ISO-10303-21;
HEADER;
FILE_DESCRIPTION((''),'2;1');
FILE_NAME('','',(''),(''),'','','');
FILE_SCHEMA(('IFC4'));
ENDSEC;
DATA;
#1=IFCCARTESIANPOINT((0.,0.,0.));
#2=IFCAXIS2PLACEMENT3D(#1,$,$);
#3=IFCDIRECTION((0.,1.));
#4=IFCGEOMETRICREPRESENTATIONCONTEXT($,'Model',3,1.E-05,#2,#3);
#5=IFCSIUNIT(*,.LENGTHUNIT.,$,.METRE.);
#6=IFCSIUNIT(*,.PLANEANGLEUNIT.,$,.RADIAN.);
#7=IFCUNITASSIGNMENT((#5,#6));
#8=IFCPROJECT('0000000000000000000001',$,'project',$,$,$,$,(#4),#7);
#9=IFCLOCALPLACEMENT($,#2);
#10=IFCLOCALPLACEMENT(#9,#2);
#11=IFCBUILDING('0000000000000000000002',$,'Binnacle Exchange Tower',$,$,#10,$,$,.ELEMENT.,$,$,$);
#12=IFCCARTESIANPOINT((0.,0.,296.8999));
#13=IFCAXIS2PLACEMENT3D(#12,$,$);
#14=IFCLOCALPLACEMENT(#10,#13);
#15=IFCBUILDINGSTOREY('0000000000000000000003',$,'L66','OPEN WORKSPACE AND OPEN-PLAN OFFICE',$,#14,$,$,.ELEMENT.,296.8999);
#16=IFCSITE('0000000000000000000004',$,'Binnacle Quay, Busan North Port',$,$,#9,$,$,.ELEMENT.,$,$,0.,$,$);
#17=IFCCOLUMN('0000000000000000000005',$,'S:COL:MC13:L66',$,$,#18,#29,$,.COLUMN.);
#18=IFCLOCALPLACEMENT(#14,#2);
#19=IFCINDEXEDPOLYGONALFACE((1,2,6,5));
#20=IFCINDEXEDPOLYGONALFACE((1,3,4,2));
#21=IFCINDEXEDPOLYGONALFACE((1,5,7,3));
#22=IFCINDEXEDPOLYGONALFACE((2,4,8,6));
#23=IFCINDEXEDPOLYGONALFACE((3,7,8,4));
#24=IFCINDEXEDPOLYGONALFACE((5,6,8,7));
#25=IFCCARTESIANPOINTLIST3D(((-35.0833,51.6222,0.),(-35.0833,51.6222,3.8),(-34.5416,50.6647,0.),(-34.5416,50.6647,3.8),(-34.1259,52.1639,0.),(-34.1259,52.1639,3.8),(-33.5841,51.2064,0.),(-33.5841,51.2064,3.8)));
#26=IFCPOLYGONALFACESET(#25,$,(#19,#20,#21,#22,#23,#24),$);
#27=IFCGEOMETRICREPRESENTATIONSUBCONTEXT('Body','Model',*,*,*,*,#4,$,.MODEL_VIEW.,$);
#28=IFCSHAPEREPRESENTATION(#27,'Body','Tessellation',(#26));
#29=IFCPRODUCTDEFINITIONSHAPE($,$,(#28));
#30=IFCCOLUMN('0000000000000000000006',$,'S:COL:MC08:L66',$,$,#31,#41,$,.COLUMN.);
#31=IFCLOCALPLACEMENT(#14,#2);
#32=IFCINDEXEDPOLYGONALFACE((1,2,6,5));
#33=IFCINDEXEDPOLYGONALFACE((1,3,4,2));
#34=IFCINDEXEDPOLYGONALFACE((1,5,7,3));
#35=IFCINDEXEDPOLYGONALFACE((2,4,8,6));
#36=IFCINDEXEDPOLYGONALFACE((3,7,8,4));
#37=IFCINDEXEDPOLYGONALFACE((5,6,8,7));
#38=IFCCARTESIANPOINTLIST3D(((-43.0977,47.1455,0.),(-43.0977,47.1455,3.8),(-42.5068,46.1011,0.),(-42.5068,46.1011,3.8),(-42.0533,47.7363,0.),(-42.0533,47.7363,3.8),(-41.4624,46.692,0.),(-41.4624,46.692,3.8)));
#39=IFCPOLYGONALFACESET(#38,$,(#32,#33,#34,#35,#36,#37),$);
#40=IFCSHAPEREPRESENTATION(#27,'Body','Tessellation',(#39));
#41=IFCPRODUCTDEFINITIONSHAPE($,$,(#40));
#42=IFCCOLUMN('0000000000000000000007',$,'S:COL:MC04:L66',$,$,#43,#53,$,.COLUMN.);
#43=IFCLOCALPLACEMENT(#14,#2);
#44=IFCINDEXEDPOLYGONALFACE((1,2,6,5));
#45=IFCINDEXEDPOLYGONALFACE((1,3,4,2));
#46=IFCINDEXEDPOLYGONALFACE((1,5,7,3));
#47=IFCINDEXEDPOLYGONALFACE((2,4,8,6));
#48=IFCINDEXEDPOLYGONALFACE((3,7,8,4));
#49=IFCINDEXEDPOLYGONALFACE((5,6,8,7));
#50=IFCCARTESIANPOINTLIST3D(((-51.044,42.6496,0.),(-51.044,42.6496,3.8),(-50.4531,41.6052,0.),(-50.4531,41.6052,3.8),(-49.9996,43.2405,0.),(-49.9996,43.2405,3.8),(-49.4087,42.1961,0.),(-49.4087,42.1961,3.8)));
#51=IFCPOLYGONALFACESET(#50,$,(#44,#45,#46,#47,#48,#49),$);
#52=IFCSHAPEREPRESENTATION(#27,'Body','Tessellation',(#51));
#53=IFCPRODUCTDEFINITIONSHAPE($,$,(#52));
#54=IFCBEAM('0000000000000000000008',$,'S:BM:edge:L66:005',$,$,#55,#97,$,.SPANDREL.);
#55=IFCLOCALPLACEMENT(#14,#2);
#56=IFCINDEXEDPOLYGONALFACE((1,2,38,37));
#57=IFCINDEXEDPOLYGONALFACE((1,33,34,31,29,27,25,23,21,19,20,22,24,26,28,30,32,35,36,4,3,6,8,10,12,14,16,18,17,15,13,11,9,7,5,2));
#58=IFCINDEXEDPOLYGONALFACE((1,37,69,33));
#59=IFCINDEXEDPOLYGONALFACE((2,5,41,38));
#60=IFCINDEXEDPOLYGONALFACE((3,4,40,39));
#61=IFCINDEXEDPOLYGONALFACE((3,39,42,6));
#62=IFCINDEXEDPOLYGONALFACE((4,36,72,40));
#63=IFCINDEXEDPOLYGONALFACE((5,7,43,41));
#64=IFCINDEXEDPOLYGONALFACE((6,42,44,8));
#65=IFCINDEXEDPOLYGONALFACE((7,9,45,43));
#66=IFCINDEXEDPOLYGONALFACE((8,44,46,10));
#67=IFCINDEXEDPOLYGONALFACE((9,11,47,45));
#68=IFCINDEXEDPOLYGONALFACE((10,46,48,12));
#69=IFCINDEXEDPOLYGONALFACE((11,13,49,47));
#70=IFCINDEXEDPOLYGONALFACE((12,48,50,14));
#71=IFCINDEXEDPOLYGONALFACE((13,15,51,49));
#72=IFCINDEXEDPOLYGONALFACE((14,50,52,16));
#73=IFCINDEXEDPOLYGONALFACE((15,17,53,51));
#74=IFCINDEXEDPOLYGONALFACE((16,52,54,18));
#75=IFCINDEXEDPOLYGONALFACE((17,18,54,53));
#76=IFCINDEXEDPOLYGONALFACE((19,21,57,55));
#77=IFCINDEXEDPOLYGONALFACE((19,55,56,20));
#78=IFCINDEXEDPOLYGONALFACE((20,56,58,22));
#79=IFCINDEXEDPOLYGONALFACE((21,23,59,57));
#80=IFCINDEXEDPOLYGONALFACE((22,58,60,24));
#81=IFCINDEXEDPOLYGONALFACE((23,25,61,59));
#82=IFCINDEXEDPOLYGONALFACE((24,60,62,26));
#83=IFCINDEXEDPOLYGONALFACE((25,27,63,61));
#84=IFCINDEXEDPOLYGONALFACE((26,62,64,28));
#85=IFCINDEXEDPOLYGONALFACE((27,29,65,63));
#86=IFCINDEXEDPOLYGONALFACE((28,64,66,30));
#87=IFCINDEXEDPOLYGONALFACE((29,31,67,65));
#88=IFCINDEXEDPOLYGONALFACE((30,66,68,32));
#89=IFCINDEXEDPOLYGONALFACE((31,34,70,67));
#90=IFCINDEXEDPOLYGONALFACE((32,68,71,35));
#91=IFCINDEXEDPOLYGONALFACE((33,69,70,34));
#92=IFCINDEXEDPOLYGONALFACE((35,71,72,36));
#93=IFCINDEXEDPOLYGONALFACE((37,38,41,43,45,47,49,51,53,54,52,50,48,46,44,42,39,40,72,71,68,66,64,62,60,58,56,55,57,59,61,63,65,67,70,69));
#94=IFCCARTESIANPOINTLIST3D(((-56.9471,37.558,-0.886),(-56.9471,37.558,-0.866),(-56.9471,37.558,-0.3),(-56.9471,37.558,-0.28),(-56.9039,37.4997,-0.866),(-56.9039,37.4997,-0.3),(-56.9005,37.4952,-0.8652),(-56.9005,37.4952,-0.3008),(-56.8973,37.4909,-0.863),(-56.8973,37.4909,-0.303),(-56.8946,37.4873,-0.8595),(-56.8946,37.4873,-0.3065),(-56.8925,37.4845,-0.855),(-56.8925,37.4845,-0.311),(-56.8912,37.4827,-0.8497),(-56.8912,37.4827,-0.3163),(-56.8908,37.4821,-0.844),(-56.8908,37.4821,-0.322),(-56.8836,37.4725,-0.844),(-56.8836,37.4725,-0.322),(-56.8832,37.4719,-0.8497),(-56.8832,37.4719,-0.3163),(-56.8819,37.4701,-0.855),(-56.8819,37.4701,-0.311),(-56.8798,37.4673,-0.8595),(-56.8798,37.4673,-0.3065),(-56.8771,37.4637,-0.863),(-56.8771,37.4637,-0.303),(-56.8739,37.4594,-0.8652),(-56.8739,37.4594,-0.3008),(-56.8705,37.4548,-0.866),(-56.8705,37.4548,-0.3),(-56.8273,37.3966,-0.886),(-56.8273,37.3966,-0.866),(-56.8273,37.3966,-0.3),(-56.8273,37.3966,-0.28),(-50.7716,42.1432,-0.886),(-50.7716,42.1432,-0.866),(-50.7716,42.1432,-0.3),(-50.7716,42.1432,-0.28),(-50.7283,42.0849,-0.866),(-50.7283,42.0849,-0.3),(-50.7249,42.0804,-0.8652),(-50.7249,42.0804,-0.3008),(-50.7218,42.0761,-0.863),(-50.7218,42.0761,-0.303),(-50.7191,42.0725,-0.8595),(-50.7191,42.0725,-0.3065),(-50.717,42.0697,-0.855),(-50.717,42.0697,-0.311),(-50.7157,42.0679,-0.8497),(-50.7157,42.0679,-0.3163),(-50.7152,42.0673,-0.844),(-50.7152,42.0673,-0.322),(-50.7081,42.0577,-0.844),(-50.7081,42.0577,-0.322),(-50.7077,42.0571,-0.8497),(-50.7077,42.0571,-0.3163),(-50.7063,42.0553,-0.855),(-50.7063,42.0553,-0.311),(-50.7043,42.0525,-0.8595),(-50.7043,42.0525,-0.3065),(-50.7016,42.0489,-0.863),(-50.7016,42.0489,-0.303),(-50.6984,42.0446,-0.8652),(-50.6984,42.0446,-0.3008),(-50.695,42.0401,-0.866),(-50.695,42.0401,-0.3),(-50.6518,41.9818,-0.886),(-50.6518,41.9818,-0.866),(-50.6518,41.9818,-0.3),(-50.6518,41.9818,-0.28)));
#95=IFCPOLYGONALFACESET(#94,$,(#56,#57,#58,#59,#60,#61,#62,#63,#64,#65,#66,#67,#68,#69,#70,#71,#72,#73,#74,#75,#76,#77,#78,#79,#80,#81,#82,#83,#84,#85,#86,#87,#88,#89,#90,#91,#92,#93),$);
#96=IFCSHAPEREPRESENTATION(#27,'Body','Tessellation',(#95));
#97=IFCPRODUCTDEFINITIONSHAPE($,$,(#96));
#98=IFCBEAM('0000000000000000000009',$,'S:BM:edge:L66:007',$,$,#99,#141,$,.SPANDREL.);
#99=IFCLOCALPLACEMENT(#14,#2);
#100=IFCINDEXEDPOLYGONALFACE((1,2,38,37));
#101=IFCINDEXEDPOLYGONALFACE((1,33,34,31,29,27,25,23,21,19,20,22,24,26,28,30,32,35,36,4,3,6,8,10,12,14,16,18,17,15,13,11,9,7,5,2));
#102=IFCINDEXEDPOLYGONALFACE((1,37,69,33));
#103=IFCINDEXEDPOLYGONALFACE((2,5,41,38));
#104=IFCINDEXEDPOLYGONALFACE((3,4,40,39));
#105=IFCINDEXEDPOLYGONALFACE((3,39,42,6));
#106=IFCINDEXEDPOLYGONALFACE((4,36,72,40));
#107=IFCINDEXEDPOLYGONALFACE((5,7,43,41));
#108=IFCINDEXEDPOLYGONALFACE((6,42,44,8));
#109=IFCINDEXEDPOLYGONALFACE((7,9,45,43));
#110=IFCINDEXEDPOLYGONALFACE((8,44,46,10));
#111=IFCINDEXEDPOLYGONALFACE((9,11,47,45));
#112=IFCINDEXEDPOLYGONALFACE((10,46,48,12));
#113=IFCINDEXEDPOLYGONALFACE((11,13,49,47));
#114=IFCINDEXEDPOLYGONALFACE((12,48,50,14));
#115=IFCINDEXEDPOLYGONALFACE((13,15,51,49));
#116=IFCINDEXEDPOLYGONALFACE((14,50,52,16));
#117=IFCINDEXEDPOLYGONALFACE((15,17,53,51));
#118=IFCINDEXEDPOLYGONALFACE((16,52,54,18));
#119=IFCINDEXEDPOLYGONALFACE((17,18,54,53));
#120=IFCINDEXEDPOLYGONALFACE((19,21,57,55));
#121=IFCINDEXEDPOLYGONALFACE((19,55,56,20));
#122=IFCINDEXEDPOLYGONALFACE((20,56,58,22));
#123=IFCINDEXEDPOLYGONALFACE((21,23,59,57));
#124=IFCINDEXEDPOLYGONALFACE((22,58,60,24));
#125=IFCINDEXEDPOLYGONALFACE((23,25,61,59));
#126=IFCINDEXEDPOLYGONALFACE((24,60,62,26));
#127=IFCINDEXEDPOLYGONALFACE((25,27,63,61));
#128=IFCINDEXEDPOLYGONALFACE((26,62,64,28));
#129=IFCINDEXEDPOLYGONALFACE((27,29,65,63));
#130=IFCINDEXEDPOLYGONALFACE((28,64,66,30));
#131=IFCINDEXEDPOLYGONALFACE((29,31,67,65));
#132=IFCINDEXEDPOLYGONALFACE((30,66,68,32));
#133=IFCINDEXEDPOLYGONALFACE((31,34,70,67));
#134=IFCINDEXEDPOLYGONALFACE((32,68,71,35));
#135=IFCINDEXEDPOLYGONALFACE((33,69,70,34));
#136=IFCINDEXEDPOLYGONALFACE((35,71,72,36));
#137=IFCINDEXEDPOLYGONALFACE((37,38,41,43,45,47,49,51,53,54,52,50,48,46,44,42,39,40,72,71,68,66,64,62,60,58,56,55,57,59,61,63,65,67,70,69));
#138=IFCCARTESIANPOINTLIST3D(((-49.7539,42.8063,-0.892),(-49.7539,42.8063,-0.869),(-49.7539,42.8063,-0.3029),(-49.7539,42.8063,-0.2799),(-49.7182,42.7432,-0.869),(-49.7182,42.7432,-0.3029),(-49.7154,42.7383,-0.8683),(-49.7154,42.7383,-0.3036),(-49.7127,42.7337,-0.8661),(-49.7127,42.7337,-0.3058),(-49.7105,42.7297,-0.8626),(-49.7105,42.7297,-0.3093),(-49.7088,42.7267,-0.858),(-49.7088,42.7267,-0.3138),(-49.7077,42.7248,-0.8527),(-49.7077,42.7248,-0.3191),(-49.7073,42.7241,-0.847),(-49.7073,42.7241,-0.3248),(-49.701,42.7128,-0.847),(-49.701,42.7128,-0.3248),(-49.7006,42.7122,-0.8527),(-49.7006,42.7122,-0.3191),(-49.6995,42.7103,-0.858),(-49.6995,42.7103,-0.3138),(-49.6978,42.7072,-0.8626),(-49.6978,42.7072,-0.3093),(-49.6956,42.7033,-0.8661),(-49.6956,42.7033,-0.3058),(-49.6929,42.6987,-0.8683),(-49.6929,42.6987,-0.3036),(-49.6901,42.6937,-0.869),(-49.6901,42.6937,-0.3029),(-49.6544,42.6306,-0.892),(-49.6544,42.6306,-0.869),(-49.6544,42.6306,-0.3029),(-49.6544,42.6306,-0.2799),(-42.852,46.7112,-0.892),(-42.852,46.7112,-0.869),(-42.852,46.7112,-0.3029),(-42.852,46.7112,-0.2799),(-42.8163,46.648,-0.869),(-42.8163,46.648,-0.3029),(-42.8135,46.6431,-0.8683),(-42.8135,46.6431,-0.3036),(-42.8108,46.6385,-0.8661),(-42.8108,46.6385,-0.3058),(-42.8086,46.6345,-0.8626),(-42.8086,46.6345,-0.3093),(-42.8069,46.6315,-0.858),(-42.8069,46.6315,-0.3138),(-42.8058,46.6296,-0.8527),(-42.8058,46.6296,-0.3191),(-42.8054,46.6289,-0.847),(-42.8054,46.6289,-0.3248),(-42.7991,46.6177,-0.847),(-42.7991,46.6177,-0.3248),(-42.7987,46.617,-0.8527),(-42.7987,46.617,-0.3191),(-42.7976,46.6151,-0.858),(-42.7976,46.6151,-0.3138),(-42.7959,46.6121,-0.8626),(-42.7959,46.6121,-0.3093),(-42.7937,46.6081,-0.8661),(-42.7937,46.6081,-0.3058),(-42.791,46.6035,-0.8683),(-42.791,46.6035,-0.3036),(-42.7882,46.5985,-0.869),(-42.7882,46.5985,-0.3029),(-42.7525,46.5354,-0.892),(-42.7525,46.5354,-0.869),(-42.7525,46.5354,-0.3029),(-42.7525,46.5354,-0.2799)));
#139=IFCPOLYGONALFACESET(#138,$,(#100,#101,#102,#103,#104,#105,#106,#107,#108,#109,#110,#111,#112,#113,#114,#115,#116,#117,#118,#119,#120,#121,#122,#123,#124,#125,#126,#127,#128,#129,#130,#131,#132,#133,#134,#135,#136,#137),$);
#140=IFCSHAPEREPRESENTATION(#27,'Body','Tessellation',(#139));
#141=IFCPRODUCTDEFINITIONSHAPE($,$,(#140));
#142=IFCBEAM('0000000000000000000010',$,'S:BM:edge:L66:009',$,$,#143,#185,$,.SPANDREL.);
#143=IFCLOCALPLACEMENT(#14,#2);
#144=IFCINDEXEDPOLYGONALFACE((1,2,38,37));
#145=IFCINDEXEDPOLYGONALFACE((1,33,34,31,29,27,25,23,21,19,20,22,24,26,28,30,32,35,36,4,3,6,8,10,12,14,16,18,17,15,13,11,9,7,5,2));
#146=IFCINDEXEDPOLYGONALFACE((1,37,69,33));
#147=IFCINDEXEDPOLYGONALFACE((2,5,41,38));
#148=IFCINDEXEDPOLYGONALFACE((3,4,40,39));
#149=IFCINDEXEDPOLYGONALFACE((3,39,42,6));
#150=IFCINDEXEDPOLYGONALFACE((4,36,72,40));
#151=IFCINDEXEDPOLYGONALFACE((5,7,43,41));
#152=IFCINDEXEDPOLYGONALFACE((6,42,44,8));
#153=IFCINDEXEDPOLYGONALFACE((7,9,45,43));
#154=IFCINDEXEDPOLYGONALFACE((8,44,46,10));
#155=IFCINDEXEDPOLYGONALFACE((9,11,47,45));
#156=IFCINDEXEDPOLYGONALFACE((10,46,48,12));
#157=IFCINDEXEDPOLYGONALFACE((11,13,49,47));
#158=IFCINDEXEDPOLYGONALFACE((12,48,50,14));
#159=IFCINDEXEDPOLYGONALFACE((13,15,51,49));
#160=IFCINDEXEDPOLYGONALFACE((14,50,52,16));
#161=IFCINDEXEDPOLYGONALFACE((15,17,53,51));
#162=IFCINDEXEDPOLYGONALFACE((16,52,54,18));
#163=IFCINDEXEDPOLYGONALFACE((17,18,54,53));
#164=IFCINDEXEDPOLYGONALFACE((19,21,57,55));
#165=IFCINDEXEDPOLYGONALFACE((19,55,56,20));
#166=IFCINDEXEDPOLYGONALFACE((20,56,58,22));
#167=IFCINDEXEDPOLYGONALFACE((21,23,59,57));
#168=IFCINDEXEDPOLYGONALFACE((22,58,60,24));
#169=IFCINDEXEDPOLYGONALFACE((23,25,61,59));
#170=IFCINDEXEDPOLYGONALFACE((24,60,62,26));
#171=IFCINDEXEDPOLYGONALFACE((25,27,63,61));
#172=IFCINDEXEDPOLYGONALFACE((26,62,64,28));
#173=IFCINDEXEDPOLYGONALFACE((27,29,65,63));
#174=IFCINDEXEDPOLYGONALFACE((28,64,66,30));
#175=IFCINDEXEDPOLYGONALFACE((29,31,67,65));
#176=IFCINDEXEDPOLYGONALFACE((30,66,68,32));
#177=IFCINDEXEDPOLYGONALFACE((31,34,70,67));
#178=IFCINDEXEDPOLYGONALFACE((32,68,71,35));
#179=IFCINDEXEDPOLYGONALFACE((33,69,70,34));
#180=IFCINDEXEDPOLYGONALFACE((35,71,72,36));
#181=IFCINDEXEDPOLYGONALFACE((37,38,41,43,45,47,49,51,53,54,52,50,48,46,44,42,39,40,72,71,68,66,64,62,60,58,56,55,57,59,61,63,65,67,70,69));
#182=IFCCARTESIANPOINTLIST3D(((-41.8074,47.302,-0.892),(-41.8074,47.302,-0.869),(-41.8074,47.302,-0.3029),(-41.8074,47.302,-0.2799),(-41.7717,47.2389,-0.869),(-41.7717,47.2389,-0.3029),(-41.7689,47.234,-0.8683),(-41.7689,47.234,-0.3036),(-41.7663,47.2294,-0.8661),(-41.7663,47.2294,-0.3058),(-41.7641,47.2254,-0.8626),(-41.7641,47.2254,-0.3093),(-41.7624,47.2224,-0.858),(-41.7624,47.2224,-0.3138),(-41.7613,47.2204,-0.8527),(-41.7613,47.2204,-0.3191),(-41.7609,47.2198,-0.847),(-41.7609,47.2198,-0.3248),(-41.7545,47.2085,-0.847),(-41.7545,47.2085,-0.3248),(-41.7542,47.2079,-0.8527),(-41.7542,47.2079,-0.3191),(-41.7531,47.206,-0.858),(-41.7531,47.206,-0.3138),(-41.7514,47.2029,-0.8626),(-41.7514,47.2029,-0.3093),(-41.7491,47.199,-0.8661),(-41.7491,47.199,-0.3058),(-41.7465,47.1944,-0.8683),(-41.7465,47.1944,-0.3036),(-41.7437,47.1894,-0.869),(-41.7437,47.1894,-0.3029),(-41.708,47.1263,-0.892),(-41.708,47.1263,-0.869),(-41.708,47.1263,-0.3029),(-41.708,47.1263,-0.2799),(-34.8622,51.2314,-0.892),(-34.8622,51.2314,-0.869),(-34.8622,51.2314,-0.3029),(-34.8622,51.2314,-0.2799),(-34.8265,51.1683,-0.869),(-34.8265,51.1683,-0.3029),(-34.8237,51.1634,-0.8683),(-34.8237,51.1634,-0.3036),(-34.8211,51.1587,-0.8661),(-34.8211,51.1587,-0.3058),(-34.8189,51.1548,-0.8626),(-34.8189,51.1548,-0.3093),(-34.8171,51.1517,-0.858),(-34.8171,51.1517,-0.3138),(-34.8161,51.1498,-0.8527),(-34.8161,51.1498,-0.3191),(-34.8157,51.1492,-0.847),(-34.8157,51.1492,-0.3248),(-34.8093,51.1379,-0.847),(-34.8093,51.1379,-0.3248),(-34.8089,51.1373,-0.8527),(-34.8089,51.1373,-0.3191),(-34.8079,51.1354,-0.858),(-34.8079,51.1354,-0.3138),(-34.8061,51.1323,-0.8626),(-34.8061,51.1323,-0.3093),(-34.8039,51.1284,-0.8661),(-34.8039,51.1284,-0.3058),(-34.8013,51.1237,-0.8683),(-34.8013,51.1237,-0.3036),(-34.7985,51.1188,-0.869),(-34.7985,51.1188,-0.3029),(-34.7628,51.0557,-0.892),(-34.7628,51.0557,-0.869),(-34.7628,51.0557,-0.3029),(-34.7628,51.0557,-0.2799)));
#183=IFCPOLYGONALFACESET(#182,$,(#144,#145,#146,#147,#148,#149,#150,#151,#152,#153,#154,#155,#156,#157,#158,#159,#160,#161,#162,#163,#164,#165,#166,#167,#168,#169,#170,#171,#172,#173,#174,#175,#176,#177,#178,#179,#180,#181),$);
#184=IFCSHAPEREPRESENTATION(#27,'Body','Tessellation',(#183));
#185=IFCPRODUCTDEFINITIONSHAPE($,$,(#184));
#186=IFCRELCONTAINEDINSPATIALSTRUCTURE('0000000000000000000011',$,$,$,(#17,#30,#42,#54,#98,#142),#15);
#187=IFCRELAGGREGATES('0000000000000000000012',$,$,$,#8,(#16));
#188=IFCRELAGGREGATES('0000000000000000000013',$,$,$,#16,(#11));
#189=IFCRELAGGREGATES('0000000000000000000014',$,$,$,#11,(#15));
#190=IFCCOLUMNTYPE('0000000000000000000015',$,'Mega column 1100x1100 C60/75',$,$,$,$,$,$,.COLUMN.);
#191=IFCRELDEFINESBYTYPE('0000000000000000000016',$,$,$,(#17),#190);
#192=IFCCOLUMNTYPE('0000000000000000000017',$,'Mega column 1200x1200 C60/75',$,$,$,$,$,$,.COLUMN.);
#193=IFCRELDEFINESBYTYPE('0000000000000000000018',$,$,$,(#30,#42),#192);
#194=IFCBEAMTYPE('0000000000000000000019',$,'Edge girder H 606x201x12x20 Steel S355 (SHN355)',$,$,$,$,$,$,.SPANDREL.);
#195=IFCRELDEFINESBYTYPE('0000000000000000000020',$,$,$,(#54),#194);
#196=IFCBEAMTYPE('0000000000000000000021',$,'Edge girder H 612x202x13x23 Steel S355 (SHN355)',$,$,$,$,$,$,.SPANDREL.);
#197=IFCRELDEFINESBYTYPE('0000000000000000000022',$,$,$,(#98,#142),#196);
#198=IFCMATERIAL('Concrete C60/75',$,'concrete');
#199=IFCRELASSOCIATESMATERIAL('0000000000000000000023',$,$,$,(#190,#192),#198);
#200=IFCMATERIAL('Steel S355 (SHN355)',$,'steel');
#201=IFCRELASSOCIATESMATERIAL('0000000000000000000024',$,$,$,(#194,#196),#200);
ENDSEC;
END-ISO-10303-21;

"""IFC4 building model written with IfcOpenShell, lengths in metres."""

from ifc_helpers import new_model, si_unit, direction, frame, origin, origin_2d, place, context, subcontext, project, spatial, rectangle, i_section, extrude, material, material_profile, profile_set, type_object, element, save


model = new_model("IFC4")

# Units and contexts
model_context = context("Model", 3, precision=1e-05, world=origin(), true_north=direction((0.0, 1.0)))
body_context = subcontext(model_context, "Body", "Model", "MODEL_VIEW")
ifc_project = project(units=[si_unit("LENGTHUNIT", "METRE"), si_unit("PLANEANGLEUNIT", "RADIAN")], contexts=[model_context])

# Site, building, storey
site_placement = place(None, origin())
site = spatial("IfcSite", under=ifc_project, at=site_placement, Name="Binnacle Quay, Busan North Port", CompositionType="ELEMENT", RefElevation=0.0)
building_placement = place(site_placement, origin())
building = spatial("IfcBuilding", under=site, at=building_placement, Name="Binnacle Exchange Tower", CompositionType="ELEMENT")
storey_placement = place(building_placement, frame((0.0, 0.0, 296.8999)))
storey = spatial("IfcBuildingStorey", under=building, at=storey_placement, Name="L66", Description="OPEN WORKSPACE AND OPEN-PLAN OFFICE", CompositionType="ELEMENT", Elevation=296.8999)

# Columns
ifc_material_1 = material(Name="Concrete C60/75", Category="concrete")
ifc_material_profile_1 = material_profile(ifc_material_1, rectangle(XDim=1.1001, YDim=1.1001, at=origin_2d()), Name="Mega column 1100x1100 C60/75")
ifc_profile_set_1 = profile_set([ifc_material_profile_1], Name="Concrete C60/75")
column_type_1 = type_object("IfcColumnType", Name="Mega column 1100x1100 C60/75", PredefinedType="COLUMN", material=ifc_profile_set_1)
column_placement = place(storey_placement, frame((-34.3337, 51.4143, 0.0), z_axis=(0.0, 0.0, 1.0), x_axis=(-0.870356, -0.492424, 0.0)))
element("IfcColumn", 1, at=column_placement, inside=storey, type_object=column_type_1, Name="S:COL:MC13:L66", PredefinedType="COLUMN", context=body_context, shape_type="SweptSolid", body=[
    extrude(rectangle(XDim=1.1001, YDim=1.1001, at=origin_2d()), origin(), (0.0, 0.0, 1.0), 3.8),
])
ifc_material_profile_2 = material_profile(ifc_material_1, rectangle(XDim=1.2, YDim=1.2, at=origin_2d()), Name="Mega column 1200x1200 C60/75")
ifc_profile_set_2 = profile_set([ifc_material_profile_2], Name="Concrete C60/75")
column_type_2 = type_object("IfcColumnType", Name="Mega column 1200x1200 C60/75", PredefinedType="COLUMN", material=ifc_profile_set_2)
for number, where, z_axis, x_axis, name in (
    (2, (-42.28, 46.9187, 0.0), (0.0, 0.0, 1.0), (-0.870356, -0.492424, 0.0), "S:COL:MC08:L66"),
    (3, (-50.2263, 42.4229, 0.0), (0.0, 0.0, 1.0), (-0.870356, -0.492424, 0.0), "S:COL:MC04:L66"),
):
    element("IfcColumn", number, at=place(storey_placement, frame(where, z_axis=z_axis, x_axis=x_axis)), inside=storey, type_object=column_type_2, Name=name, PredefinedType="COLUMN", context=body_context, shape_type="SweptSolid", body=[
        extrude(rectangle(XDim=1.2, YDim=1.2, at=origin_2d()), origin(), (0.0, 0.0, 1.0), 3.8),
    ])

# Beams
ifc_material_2 = material(Name="Steel S355 (SHN355)", Category="steel")
ifc_material_profile_3 = material_profile(ifc_material_2, i_section(OverallWidth=0.2009, OverallDepth=0.606, WebThickness=0.012, FlangeThickness=0.02, FilletRadius=0.022, at=origin_2d()), Name="H 606x201x12x20")
ifc_profile_set_3 = profile_set([ifc_material_profile_3], Name="Steel S355 (SHN355)")
beam_type_1 = type_object("IfcBeamType", Name="Edge girder H 606x201x12x20 Steel S355 (SHN355)", PredefinedType="SPANDREL", material=ifc_profile_set_3)
beam_1_placement = place(storey_placement, frame((-50.7117, 42.0625, -0.583), z_axis=(-0.802889, -0.596128, 0.0), x_axis=(0.596128, -0.802889, 0.0)))
element("IfcBeam", 4, at=beam_1_placement, inside=storey, type_object=beam_type_1, Name="S:BM:edge:L66:005", PredefinedType="SPANDREL", context=body_context, shape_type="SweptSolid", body=[
    extrude(i_section(OverallWidth=0.2009, OverallDepth=0.606, WebThickness=0.012, FlangeThickness=0.02, FilletRadius=0.022, at=origin_2d()), origin(), (0.0, 0.0, 1.0), 7.6917),
])
ifc_material_profile_4 = material_profile(ifc_material_2, i_section(OverallWidth=0.2019, OverallDepth=0.6121, WebThickness=0.0129, FlangeThickness=0.0229, FilletRadius=0.022, at=origin_2d()), Name="H 612x202x13x23")
ifc_profile_set_4 = profile_set([ifc_material_profile_4], Name="Steel S355 (SHN355)")
beam_type_2 = type_object("IfcBeamType", Name="Edge girder H 612x202x13x23 Steel S355 (SHN355)", PredefinedType="SPANDREL", material=ifc_profile_set_4)
beam_2_placement = place(storey_placement, frame((-42.8022, 46.6233, -0.5859), z_axis=(-0.870361, -0.492414, 0.0), x_axis=(0.492414, -0.870361, 0.0)))
element("IfcBeam", 5, at=beam_2_placement, inside=storey, type_object=beam_type_2, Name="S:BM:edge:L66:007", PredefinedType="SPANDREL", context=body_context, shape_type="SweptSolid", body=[
    extrude(i_section(OverallWidth=0.2019, OverallDepth=0.6121, WebThickness=0.0129, FlangeThickness=0.0229, FilletRadius=0.022, at=origin_2d()), origin(), (0.0, 0.0, 1.0), 7.9299),
])
beam_3_placement = place(storey_placement, frame((-34.8125, 51.1436, -0.5859), z_axis=(-0.870357, -0.492421, 0.0), x_axis=(0.492421, -0.870357, 0.0)))
element("IfcBeam", 6, at=beam_3_placement, inside=storey, type_object=beam_type_2, Name="S:BM:edge:L66:009", PredefinedType="SPANDREL", context=body_context, shape_type="SweptSolid", body=[
    extrude(i_section(OverallWidth=0.2019, OverallDepth=0.6121, WebThickness=0.0129, FlangeThickness=0.0229, FilletRadius=0.022, at=origin_2d()), origin(), (0.0, 0.0, 1.0), 7.9797),
])

save(model, "model.ifc")
